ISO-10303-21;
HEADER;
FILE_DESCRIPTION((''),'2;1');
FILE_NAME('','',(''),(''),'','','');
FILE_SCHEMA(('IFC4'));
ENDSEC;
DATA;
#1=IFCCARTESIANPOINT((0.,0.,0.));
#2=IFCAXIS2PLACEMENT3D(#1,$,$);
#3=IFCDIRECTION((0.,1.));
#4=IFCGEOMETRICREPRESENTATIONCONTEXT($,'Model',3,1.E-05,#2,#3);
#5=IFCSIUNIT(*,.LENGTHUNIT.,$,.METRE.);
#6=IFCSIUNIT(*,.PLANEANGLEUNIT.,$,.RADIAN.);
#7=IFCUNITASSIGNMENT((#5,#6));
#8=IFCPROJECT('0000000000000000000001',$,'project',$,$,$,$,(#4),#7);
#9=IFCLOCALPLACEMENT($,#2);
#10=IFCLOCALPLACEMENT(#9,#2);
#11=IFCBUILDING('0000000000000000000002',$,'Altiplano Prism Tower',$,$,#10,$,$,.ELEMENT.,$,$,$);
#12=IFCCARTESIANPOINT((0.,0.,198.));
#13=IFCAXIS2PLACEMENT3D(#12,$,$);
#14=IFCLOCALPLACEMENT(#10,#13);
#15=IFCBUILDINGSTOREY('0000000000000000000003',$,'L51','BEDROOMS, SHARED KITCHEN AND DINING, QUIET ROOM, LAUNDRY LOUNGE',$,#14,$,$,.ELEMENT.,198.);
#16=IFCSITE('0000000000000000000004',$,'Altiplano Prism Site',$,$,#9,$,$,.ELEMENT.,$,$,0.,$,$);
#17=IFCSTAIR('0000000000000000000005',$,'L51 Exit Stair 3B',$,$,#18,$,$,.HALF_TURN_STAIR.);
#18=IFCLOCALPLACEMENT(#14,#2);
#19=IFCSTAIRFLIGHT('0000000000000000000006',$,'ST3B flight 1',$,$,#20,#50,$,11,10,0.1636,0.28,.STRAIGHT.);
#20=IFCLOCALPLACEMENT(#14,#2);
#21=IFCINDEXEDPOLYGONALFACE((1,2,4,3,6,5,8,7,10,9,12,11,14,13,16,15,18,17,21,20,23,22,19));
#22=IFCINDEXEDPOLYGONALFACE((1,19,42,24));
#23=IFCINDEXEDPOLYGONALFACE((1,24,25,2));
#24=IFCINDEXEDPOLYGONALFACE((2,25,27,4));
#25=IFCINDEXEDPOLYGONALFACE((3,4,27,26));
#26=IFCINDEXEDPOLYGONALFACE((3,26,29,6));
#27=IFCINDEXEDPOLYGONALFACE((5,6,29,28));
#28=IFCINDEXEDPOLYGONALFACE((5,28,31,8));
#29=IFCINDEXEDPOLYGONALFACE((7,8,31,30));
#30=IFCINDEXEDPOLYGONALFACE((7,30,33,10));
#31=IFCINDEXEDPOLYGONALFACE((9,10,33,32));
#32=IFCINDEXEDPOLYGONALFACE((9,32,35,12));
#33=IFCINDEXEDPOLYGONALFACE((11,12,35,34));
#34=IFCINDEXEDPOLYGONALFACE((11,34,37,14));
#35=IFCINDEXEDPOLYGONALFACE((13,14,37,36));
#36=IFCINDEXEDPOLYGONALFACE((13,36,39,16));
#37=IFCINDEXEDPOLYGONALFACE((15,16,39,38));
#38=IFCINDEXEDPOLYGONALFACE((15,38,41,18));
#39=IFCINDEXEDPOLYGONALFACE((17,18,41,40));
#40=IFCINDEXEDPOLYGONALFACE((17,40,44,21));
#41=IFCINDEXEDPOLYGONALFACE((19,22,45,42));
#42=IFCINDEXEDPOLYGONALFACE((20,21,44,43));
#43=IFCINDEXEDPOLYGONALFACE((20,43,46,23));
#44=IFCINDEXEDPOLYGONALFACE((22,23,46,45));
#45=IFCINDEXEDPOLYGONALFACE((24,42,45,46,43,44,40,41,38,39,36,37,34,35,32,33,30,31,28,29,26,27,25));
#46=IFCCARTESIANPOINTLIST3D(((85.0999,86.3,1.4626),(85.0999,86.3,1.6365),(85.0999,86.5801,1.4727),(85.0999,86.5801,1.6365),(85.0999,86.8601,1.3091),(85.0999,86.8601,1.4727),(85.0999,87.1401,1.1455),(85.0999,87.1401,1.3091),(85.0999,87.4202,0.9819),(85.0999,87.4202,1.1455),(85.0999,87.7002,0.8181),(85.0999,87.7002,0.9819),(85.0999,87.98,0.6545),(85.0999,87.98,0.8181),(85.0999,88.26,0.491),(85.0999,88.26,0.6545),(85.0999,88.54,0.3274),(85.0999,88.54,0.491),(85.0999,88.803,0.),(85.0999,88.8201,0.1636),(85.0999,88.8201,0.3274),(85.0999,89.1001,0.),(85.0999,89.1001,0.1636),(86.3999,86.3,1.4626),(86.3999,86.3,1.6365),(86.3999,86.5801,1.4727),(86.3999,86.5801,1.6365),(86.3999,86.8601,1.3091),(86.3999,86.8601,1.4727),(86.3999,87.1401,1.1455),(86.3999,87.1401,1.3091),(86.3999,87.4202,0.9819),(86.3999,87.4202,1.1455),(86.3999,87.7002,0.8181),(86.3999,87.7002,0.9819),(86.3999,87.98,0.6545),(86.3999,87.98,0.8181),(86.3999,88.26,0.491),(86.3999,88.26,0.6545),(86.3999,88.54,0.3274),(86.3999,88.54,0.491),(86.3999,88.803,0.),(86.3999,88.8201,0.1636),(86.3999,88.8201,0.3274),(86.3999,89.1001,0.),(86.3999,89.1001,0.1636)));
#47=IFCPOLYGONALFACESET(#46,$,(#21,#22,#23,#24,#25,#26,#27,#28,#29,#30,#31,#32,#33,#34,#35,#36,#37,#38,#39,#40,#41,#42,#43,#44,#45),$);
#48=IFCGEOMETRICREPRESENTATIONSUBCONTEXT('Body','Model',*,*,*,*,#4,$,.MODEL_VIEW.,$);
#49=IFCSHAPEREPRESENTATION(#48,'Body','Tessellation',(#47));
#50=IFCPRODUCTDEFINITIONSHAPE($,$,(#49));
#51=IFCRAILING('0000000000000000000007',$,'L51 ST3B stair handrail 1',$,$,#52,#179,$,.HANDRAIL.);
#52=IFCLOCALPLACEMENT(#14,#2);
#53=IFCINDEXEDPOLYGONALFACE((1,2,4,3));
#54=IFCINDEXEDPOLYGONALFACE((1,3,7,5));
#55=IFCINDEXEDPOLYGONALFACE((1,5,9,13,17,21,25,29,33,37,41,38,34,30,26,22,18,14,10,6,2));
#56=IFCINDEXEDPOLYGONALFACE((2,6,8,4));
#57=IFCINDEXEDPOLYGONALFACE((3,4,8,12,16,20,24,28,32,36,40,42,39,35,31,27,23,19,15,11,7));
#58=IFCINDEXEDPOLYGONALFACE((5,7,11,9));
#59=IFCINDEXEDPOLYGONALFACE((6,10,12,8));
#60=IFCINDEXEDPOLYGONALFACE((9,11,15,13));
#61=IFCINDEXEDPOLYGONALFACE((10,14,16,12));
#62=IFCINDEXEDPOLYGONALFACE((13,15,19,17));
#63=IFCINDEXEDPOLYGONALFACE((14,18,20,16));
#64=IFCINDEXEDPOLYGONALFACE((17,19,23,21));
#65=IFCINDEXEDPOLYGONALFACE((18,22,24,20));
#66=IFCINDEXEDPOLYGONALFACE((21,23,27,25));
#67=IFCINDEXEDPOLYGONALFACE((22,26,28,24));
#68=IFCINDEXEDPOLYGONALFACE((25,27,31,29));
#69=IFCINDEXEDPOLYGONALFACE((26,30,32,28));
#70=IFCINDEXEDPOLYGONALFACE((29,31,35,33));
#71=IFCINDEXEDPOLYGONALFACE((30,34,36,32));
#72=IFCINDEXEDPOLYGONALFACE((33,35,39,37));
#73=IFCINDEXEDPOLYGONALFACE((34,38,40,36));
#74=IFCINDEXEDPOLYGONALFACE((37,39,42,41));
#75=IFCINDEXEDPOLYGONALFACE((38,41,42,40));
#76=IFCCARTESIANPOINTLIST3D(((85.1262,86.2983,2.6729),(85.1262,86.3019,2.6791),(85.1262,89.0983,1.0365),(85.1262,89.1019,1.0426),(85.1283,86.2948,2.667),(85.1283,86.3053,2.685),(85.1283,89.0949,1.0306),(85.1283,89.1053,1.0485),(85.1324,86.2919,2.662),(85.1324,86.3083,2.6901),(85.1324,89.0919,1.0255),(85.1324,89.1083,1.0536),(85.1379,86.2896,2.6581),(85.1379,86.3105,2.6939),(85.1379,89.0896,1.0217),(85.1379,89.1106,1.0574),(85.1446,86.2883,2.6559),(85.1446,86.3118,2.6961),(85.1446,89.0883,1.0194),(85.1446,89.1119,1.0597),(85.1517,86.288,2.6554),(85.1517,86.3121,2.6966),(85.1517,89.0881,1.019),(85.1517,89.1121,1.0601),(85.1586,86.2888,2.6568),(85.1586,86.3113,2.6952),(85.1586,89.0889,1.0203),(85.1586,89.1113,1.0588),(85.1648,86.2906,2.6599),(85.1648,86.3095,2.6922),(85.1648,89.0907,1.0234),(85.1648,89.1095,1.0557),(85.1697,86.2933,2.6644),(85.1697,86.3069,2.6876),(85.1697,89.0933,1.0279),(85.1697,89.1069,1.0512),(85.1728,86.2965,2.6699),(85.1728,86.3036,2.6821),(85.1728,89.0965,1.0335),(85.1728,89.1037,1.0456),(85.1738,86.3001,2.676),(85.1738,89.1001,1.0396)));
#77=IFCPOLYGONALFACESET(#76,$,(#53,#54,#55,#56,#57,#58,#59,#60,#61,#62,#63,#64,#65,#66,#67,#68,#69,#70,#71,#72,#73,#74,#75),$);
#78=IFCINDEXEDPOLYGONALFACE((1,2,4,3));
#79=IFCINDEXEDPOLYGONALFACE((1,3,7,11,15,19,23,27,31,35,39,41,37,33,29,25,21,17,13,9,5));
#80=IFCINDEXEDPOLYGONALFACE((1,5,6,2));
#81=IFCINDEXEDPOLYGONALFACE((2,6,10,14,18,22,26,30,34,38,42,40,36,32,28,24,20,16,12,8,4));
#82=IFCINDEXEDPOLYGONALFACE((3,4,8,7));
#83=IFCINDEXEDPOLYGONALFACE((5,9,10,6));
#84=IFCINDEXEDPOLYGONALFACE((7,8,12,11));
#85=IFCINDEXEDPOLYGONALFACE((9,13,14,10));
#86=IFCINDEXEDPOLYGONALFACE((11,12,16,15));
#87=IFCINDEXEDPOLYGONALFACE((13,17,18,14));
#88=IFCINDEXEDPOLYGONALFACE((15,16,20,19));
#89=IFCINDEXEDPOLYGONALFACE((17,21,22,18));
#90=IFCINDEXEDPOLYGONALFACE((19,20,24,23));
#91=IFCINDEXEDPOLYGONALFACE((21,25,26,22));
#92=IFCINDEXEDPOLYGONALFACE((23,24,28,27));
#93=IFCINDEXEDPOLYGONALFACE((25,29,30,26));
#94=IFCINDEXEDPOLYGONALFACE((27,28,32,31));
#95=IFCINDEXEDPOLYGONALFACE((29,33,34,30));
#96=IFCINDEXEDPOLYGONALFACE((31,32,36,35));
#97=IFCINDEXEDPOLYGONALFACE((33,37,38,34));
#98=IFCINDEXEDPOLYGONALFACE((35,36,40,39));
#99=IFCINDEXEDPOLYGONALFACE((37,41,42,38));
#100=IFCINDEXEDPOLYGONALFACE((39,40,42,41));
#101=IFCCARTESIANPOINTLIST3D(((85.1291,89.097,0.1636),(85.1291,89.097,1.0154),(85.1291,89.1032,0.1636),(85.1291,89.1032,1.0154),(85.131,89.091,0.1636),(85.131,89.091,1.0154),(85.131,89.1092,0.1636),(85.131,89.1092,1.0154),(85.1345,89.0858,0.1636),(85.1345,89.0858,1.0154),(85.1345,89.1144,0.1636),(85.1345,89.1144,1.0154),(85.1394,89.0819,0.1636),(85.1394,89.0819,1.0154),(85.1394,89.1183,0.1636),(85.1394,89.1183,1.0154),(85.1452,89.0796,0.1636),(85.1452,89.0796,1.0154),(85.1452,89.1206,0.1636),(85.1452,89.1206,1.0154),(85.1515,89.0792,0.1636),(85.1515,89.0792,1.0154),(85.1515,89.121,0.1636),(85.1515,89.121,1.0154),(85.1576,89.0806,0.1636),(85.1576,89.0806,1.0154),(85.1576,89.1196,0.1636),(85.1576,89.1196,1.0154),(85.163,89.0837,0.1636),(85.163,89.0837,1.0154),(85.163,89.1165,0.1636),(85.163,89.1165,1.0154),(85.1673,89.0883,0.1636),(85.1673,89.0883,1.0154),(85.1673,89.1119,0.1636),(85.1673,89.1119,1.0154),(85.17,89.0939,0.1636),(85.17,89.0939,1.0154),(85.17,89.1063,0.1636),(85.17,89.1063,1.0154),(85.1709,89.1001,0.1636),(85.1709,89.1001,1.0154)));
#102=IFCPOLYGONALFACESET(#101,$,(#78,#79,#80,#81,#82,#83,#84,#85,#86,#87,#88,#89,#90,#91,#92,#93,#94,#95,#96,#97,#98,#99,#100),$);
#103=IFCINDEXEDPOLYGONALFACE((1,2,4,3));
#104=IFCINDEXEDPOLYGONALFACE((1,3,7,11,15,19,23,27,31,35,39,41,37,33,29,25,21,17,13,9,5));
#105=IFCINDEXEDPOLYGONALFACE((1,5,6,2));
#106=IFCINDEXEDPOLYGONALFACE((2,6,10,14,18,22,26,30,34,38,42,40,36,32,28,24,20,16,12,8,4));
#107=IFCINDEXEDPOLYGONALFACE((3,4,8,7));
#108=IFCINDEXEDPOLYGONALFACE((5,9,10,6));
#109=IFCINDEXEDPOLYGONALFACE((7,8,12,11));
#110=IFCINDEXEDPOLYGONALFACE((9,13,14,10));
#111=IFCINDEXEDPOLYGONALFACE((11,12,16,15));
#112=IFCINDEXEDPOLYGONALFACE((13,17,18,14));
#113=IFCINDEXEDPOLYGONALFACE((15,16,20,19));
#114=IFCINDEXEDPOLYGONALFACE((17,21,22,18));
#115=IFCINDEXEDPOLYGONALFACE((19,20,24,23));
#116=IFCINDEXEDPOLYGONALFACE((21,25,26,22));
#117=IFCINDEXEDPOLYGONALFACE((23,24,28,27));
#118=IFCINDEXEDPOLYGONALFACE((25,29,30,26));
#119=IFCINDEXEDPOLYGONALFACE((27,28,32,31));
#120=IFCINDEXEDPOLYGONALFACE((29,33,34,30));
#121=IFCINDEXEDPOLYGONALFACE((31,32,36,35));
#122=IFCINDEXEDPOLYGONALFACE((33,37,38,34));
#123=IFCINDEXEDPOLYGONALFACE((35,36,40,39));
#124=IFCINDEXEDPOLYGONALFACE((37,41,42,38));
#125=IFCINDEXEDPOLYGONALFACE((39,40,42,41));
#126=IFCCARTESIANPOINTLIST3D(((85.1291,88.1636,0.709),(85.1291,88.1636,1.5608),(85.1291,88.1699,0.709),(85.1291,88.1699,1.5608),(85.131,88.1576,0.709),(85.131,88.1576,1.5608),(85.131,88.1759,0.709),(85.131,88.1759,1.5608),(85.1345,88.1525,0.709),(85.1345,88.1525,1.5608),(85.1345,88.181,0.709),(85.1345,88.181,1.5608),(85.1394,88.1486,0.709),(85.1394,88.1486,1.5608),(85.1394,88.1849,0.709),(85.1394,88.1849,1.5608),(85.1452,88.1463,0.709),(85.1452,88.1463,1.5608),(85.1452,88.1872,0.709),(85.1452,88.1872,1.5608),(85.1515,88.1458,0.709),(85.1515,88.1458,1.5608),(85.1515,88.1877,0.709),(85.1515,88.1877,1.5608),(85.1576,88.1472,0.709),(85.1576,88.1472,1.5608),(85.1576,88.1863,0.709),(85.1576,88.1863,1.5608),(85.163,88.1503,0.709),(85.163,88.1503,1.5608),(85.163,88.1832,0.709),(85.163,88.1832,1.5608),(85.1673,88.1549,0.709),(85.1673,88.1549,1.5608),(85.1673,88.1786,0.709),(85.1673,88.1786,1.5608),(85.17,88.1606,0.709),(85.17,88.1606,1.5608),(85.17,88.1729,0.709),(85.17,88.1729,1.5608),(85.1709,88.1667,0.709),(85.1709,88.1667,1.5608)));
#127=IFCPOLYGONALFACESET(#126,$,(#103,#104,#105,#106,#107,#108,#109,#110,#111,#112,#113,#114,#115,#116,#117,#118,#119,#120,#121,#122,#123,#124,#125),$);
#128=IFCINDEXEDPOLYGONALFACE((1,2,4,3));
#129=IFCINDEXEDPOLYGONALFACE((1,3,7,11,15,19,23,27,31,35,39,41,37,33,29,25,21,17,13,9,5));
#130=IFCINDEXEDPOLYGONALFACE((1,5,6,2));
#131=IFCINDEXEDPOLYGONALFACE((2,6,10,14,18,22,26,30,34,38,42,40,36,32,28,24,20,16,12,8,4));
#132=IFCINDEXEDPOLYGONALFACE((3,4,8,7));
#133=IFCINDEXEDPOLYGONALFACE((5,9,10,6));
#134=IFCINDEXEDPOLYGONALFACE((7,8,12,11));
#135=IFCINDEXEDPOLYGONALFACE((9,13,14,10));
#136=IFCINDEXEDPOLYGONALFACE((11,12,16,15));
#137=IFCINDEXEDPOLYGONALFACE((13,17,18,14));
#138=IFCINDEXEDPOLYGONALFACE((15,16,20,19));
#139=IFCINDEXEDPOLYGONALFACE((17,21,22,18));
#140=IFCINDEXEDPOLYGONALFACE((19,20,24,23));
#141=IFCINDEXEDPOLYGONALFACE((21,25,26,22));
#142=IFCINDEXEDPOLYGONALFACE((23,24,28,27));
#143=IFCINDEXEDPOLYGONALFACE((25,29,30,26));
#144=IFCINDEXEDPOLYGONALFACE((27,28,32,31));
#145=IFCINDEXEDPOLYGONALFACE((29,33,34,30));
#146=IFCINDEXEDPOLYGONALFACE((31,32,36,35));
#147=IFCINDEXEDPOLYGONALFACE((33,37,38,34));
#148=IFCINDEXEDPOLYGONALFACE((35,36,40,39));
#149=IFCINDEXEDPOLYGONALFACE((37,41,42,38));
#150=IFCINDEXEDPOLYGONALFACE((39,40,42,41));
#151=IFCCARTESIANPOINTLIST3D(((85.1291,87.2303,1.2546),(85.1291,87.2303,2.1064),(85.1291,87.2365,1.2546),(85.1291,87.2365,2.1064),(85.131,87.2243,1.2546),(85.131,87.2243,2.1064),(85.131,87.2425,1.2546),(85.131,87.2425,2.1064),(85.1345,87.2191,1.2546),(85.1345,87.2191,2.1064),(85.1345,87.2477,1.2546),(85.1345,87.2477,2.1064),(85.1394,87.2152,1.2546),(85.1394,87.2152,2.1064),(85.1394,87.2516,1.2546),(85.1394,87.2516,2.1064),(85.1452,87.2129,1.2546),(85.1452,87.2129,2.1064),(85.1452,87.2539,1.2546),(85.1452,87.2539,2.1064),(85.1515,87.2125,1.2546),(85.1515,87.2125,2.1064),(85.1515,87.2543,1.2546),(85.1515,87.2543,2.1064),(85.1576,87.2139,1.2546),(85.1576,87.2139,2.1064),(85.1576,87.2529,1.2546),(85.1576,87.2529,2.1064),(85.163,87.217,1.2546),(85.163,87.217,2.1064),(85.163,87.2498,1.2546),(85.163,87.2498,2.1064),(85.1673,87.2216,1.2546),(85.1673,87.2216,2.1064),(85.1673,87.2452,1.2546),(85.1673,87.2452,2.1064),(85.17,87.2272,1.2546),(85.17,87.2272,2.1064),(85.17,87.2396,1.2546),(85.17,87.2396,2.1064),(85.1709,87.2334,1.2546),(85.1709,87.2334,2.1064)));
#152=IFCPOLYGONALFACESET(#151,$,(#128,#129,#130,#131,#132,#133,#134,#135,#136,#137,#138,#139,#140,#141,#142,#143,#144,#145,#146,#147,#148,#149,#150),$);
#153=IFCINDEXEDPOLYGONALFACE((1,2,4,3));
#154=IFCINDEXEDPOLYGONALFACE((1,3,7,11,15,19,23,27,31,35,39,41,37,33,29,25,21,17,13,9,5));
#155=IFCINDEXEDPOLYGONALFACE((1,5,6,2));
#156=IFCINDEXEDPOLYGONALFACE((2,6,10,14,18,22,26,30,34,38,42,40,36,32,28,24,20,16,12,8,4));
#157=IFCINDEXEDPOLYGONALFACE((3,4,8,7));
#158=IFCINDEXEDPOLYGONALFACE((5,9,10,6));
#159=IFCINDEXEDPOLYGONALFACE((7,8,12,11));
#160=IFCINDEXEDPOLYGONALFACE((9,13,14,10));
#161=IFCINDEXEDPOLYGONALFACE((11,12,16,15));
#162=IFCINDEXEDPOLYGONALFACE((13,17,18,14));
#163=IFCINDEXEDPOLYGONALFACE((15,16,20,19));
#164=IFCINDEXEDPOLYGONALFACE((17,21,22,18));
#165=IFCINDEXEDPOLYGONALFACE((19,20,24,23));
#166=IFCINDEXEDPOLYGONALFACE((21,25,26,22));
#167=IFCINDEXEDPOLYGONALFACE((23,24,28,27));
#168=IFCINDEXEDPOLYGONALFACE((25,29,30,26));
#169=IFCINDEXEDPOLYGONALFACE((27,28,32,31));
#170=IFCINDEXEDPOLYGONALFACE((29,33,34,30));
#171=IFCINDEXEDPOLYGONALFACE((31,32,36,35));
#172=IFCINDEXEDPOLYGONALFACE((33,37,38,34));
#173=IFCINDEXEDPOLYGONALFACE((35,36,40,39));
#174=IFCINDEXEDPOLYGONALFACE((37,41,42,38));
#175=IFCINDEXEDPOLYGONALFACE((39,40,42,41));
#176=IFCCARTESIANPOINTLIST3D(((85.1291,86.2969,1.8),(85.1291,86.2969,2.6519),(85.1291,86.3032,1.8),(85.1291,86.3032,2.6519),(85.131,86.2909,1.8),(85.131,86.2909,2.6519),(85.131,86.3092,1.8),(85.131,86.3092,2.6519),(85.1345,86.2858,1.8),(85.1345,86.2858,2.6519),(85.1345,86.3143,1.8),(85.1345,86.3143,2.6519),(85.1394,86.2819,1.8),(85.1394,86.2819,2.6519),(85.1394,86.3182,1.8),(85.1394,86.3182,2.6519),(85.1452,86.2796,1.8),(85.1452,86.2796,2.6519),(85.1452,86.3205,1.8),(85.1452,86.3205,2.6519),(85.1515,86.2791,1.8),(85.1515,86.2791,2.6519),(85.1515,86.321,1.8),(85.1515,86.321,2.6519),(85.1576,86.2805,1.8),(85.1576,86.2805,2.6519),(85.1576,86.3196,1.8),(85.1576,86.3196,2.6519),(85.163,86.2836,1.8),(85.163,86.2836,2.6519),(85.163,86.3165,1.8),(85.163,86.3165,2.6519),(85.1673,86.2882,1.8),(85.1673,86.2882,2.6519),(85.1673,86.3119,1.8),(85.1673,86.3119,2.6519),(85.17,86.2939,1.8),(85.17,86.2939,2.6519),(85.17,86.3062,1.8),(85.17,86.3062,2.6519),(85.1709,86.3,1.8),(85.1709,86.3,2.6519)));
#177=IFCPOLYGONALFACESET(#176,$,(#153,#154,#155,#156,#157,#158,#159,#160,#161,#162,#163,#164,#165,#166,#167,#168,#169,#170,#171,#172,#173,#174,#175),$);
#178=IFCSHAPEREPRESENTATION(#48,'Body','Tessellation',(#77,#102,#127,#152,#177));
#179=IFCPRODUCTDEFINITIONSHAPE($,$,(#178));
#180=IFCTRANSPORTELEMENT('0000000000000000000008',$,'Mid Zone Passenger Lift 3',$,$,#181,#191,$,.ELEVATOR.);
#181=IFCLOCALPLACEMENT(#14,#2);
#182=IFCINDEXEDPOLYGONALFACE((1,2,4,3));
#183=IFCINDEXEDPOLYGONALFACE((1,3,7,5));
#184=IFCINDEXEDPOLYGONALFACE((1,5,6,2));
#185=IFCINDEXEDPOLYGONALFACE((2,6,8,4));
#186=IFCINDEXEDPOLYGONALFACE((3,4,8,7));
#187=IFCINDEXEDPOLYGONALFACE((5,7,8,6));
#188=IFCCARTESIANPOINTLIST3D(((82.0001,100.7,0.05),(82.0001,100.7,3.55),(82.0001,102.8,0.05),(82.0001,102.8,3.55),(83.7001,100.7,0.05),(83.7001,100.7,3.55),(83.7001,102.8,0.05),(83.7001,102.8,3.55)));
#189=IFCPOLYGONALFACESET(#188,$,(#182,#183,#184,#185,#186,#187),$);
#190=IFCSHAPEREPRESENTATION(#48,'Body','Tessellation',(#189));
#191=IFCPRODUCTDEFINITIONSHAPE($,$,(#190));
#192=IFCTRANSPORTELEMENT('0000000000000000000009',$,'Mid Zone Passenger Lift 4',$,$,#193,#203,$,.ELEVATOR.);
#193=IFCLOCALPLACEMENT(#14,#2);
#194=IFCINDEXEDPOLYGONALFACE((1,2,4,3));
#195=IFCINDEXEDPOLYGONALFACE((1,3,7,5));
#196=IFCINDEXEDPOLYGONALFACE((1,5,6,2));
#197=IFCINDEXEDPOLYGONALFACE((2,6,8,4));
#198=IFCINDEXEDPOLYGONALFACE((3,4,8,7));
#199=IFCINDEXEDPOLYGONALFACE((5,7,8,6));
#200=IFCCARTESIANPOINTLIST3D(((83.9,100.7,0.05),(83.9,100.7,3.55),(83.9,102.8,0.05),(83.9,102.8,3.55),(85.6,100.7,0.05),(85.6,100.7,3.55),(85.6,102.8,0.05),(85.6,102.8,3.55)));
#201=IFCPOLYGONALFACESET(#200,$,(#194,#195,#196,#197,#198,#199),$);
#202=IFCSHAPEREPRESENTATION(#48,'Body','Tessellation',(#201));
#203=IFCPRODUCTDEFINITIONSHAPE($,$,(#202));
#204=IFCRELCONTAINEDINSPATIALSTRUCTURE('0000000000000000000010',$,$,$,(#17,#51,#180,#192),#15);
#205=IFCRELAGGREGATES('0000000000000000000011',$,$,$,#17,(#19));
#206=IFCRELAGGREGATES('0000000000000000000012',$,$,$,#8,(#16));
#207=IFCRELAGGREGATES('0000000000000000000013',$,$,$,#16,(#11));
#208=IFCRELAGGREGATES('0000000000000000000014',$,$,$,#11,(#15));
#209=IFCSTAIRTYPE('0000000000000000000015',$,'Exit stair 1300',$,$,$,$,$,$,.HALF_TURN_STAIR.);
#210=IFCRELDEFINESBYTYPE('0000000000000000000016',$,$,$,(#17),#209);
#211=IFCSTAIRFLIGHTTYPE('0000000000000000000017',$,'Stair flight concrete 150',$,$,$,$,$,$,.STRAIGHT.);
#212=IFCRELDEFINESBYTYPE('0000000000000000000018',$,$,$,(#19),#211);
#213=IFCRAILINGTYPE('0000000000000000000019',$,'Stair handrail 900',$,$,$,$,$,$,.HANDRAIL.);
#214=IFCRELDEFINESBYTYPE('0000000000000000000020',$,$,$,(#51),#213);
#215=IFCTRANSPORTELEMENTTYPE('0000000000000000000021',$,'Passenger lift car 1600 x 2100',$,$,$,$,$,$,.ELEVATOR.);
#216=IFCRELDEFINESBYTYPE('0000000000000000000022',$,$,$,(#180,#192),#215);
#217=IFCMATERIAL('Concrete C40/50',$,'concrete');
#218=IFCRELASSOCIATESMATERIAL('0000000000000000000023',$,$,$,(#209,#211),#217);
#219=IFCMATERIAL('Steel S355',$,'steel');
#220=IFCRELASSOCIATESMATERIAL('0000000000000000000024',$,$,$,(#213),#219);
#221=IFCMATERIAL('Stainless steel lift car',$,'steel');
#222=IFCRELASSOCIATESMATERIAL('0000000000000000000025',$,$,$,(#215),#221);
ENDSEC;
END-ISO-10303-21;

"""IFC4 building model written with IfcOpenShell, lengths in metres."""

from ifc_helpers import new_model, si_unit, direction, frame, origin, origin_2d, place, context, subcontext, project, spatial, polyline, rectangle, circle, outline, extrude, material, type_object, element, aggregate, save


model = new_model("IFC4")

# Units and contexts
model_context = context("Model", 3, precision=1e-05, world=origin(), true_north=direction((0.0, 1.0)))
body_context = subcontext(model_context, "Body", "Model", "MODEL_VIEW")
ifc_project = project(units=[si_unit("LENGTHUNIT", "METRE"), si_unit("PLANEANGLEUNIT", "RADIAN")], contexts=[model_context])

# Site, building, storey
site_placement = place(None, origin())
site = spatial("IfcSite", under=ifc_project, at=site_placement, Name="Altiplano Prism Site", CompositionType="ELEMENT", RefElevation=0.0)
building_placement = place(site_placement, origin())
building = spatial("IfcBuilding", under=site, at=building_placement, Name="Altiplano Prism Tower", CompositionType="ELEMENT")
storey_placement = place(building_placement, frame((0.0, 0.0, 198.0)))
storey = spatial("IfcBuildingStorey", under=building, at=storey_placement, Name="L51", Description="BEDROOMS, SHARED KITCHEN AND DINING, QUIET ROOM, LAUNDRY LOUNGE", CompositionType="ELEMENT", Elevation=198.0)

# Stair, stair flight
ifc_material_1 = material(Name="Concrete C40/50", Category="concrete")
stair_type = type_object("IfcStairType", Name="Exit stair 1300", PredefinedType="HALF_TURN_STAIR", material=ifc_material_1)
stair_placement = place(storey_placement, origin())
stair = element("IfcStair", 1, at=stair_placement, inside=storey, type_object=stair_type, Name="L51 Exit Stair 3B", PredefinedType="HALF_TURN_STAIR")
stair_flight_type = type_object("IfcStairFlightType", Name="Stair flight concrete 150", PredefinedType="STRAIGHT", material=ifc_material_1)
stair_flight_placement = place(storey_placement, frame((85.75, 89.1001, 0.0), z_axis=(0.0, 0.0, 1.0), x_axis=(0.0, -1.0, 0.0)))
stair_flight = element("IfcStairFlight", 2, at=stair_flight_placement, type_object=stair_flight_type, Name="ST3B flight 1", NumberOfRisers=11, NumberOfTreads=10, PredefinedType="STRAIGHT", RiserHeight=0.1636, TreadLength=0.28, context=body_context, shape_type="SweptSolid", body=[
    extrude(outline(polyline([(0.0, 0.0), (0.0, 0.1636), (0.28, 0.1636), (0.28, 0.3274), (0.5601, 0.3274), (0.5601, 0.491), (0.8401, 0.491), (0.8401, 0.6545), (1.1201, 0.6545), (1.1201, 0.8181), (1.3999, 0.8181), (1.3999, 0.9819), (1.6799, 0.9819), (1.6799, 1.1455), (1.96, 1.1455), (1.96, 1.3091), (2.24, 1.3091), (2.24, 1.4727), (2.52, 1.4727), (2.52, 1.6365), (2.8, 1.6365), (2.8, 1.8), (2.8, 1.4626), (0.2971, 0.0), (0.0, 0.0)])), frame((0.0, 0.6499, 0.0), z_axis=(0.0, -1.0, 0.0), x_axis=(1.0, 0.0, 0.0)), (0.0, 0.0, 1.0), 1.3),
])
aggregate(stair, [stair_flight])

# Railing
ifc_material_2 = material(Name="Steel S355", Category="steel")
railing_type_1 = type_object("IfcRailingType", Name="Stair handrail 900", PredefinedType="HANDRAIL", material=ifc_material_2)
railing_1_placement = place(storey_placement, frame((85.1499, 89.1001, 0.1636)))
element("IfcRailing", 3, at=railing_1_placement, inside=storey, type_object=railing_type_1, Name="L51 ST3B stair handrail 1", PredefinedType="HANDRAIL", context=body_context, shape_type="SweptSolid", body=[
    extrude(circle(Radius=0.0239, at=origin_2d()), frame((0.0, 0.0, 0.876), z_axis=(0.0, -0.863361, 0.504587), x_axis=(1.0, 0.0, 0.0)), (0.0, 0.0, 1.0), 3.2432),
    extrude(circle(Radius=0.021, at=origin_2d()), origin(), (0.0, 0.0, 1.0), 0.8518),
    extrude(circle(Radius=0.021, at=origin_2d()), frame((0.0, -0.9333, 0.5454)), (0.0, 0.0, 1.0), 0.8518),
    extrude(circle(Radius=0.021, at=origin_2d()), frame((0.0, -1.8667, 1.0911)), (0.0, 0.0, 1.0), 0.8518),
    extrude(circle(Radius=0.021, at=origin_2d()), frame((0.0, -2.8, 1.6365)), (0.0, 0.0, 1.0), 0.8518),
])

# Transport elements
ifc_material_3 = material(Name="Stainless steel lift car", Category="steel")
transport_element_type = type_object("IfcTransportElementType", Name="Passenger lift car 1600 x 2100", PredefinedType="ELEVATOR", material=ifc_material_3)
for number, where, z_axis, x_axis, name in (
    (4, (82.8501, 101.75, 0.05), (0.0, 0.0, 1.0), (1.0, 0.0, 0.0), "Mid Zone Passenger Lift 3"),
    (5, (84.75, 101.75, 0.05), (0.0, 0.0, 1.0), (1.0, 0.0, 0.0), "Mid Zone Passenger Lift 4"),
):
    element("IfcTransportElement", number, at=place(storey_placement, frame(where, z_axis=z_axis, x_axis=x_axis)), inside=storey, type_object=transport_element_type, Name=name, PredefinedType="ELEVATOR", context=body_context, shape_type="SweptSolid", body=[
        extrude(rectangle(XDim=1.7, YDim=2.1001, at=origin_2d()), origin(), (0.0, 0.0, 1.0), 3.5),
    ])

save(model, "model.ifc")
